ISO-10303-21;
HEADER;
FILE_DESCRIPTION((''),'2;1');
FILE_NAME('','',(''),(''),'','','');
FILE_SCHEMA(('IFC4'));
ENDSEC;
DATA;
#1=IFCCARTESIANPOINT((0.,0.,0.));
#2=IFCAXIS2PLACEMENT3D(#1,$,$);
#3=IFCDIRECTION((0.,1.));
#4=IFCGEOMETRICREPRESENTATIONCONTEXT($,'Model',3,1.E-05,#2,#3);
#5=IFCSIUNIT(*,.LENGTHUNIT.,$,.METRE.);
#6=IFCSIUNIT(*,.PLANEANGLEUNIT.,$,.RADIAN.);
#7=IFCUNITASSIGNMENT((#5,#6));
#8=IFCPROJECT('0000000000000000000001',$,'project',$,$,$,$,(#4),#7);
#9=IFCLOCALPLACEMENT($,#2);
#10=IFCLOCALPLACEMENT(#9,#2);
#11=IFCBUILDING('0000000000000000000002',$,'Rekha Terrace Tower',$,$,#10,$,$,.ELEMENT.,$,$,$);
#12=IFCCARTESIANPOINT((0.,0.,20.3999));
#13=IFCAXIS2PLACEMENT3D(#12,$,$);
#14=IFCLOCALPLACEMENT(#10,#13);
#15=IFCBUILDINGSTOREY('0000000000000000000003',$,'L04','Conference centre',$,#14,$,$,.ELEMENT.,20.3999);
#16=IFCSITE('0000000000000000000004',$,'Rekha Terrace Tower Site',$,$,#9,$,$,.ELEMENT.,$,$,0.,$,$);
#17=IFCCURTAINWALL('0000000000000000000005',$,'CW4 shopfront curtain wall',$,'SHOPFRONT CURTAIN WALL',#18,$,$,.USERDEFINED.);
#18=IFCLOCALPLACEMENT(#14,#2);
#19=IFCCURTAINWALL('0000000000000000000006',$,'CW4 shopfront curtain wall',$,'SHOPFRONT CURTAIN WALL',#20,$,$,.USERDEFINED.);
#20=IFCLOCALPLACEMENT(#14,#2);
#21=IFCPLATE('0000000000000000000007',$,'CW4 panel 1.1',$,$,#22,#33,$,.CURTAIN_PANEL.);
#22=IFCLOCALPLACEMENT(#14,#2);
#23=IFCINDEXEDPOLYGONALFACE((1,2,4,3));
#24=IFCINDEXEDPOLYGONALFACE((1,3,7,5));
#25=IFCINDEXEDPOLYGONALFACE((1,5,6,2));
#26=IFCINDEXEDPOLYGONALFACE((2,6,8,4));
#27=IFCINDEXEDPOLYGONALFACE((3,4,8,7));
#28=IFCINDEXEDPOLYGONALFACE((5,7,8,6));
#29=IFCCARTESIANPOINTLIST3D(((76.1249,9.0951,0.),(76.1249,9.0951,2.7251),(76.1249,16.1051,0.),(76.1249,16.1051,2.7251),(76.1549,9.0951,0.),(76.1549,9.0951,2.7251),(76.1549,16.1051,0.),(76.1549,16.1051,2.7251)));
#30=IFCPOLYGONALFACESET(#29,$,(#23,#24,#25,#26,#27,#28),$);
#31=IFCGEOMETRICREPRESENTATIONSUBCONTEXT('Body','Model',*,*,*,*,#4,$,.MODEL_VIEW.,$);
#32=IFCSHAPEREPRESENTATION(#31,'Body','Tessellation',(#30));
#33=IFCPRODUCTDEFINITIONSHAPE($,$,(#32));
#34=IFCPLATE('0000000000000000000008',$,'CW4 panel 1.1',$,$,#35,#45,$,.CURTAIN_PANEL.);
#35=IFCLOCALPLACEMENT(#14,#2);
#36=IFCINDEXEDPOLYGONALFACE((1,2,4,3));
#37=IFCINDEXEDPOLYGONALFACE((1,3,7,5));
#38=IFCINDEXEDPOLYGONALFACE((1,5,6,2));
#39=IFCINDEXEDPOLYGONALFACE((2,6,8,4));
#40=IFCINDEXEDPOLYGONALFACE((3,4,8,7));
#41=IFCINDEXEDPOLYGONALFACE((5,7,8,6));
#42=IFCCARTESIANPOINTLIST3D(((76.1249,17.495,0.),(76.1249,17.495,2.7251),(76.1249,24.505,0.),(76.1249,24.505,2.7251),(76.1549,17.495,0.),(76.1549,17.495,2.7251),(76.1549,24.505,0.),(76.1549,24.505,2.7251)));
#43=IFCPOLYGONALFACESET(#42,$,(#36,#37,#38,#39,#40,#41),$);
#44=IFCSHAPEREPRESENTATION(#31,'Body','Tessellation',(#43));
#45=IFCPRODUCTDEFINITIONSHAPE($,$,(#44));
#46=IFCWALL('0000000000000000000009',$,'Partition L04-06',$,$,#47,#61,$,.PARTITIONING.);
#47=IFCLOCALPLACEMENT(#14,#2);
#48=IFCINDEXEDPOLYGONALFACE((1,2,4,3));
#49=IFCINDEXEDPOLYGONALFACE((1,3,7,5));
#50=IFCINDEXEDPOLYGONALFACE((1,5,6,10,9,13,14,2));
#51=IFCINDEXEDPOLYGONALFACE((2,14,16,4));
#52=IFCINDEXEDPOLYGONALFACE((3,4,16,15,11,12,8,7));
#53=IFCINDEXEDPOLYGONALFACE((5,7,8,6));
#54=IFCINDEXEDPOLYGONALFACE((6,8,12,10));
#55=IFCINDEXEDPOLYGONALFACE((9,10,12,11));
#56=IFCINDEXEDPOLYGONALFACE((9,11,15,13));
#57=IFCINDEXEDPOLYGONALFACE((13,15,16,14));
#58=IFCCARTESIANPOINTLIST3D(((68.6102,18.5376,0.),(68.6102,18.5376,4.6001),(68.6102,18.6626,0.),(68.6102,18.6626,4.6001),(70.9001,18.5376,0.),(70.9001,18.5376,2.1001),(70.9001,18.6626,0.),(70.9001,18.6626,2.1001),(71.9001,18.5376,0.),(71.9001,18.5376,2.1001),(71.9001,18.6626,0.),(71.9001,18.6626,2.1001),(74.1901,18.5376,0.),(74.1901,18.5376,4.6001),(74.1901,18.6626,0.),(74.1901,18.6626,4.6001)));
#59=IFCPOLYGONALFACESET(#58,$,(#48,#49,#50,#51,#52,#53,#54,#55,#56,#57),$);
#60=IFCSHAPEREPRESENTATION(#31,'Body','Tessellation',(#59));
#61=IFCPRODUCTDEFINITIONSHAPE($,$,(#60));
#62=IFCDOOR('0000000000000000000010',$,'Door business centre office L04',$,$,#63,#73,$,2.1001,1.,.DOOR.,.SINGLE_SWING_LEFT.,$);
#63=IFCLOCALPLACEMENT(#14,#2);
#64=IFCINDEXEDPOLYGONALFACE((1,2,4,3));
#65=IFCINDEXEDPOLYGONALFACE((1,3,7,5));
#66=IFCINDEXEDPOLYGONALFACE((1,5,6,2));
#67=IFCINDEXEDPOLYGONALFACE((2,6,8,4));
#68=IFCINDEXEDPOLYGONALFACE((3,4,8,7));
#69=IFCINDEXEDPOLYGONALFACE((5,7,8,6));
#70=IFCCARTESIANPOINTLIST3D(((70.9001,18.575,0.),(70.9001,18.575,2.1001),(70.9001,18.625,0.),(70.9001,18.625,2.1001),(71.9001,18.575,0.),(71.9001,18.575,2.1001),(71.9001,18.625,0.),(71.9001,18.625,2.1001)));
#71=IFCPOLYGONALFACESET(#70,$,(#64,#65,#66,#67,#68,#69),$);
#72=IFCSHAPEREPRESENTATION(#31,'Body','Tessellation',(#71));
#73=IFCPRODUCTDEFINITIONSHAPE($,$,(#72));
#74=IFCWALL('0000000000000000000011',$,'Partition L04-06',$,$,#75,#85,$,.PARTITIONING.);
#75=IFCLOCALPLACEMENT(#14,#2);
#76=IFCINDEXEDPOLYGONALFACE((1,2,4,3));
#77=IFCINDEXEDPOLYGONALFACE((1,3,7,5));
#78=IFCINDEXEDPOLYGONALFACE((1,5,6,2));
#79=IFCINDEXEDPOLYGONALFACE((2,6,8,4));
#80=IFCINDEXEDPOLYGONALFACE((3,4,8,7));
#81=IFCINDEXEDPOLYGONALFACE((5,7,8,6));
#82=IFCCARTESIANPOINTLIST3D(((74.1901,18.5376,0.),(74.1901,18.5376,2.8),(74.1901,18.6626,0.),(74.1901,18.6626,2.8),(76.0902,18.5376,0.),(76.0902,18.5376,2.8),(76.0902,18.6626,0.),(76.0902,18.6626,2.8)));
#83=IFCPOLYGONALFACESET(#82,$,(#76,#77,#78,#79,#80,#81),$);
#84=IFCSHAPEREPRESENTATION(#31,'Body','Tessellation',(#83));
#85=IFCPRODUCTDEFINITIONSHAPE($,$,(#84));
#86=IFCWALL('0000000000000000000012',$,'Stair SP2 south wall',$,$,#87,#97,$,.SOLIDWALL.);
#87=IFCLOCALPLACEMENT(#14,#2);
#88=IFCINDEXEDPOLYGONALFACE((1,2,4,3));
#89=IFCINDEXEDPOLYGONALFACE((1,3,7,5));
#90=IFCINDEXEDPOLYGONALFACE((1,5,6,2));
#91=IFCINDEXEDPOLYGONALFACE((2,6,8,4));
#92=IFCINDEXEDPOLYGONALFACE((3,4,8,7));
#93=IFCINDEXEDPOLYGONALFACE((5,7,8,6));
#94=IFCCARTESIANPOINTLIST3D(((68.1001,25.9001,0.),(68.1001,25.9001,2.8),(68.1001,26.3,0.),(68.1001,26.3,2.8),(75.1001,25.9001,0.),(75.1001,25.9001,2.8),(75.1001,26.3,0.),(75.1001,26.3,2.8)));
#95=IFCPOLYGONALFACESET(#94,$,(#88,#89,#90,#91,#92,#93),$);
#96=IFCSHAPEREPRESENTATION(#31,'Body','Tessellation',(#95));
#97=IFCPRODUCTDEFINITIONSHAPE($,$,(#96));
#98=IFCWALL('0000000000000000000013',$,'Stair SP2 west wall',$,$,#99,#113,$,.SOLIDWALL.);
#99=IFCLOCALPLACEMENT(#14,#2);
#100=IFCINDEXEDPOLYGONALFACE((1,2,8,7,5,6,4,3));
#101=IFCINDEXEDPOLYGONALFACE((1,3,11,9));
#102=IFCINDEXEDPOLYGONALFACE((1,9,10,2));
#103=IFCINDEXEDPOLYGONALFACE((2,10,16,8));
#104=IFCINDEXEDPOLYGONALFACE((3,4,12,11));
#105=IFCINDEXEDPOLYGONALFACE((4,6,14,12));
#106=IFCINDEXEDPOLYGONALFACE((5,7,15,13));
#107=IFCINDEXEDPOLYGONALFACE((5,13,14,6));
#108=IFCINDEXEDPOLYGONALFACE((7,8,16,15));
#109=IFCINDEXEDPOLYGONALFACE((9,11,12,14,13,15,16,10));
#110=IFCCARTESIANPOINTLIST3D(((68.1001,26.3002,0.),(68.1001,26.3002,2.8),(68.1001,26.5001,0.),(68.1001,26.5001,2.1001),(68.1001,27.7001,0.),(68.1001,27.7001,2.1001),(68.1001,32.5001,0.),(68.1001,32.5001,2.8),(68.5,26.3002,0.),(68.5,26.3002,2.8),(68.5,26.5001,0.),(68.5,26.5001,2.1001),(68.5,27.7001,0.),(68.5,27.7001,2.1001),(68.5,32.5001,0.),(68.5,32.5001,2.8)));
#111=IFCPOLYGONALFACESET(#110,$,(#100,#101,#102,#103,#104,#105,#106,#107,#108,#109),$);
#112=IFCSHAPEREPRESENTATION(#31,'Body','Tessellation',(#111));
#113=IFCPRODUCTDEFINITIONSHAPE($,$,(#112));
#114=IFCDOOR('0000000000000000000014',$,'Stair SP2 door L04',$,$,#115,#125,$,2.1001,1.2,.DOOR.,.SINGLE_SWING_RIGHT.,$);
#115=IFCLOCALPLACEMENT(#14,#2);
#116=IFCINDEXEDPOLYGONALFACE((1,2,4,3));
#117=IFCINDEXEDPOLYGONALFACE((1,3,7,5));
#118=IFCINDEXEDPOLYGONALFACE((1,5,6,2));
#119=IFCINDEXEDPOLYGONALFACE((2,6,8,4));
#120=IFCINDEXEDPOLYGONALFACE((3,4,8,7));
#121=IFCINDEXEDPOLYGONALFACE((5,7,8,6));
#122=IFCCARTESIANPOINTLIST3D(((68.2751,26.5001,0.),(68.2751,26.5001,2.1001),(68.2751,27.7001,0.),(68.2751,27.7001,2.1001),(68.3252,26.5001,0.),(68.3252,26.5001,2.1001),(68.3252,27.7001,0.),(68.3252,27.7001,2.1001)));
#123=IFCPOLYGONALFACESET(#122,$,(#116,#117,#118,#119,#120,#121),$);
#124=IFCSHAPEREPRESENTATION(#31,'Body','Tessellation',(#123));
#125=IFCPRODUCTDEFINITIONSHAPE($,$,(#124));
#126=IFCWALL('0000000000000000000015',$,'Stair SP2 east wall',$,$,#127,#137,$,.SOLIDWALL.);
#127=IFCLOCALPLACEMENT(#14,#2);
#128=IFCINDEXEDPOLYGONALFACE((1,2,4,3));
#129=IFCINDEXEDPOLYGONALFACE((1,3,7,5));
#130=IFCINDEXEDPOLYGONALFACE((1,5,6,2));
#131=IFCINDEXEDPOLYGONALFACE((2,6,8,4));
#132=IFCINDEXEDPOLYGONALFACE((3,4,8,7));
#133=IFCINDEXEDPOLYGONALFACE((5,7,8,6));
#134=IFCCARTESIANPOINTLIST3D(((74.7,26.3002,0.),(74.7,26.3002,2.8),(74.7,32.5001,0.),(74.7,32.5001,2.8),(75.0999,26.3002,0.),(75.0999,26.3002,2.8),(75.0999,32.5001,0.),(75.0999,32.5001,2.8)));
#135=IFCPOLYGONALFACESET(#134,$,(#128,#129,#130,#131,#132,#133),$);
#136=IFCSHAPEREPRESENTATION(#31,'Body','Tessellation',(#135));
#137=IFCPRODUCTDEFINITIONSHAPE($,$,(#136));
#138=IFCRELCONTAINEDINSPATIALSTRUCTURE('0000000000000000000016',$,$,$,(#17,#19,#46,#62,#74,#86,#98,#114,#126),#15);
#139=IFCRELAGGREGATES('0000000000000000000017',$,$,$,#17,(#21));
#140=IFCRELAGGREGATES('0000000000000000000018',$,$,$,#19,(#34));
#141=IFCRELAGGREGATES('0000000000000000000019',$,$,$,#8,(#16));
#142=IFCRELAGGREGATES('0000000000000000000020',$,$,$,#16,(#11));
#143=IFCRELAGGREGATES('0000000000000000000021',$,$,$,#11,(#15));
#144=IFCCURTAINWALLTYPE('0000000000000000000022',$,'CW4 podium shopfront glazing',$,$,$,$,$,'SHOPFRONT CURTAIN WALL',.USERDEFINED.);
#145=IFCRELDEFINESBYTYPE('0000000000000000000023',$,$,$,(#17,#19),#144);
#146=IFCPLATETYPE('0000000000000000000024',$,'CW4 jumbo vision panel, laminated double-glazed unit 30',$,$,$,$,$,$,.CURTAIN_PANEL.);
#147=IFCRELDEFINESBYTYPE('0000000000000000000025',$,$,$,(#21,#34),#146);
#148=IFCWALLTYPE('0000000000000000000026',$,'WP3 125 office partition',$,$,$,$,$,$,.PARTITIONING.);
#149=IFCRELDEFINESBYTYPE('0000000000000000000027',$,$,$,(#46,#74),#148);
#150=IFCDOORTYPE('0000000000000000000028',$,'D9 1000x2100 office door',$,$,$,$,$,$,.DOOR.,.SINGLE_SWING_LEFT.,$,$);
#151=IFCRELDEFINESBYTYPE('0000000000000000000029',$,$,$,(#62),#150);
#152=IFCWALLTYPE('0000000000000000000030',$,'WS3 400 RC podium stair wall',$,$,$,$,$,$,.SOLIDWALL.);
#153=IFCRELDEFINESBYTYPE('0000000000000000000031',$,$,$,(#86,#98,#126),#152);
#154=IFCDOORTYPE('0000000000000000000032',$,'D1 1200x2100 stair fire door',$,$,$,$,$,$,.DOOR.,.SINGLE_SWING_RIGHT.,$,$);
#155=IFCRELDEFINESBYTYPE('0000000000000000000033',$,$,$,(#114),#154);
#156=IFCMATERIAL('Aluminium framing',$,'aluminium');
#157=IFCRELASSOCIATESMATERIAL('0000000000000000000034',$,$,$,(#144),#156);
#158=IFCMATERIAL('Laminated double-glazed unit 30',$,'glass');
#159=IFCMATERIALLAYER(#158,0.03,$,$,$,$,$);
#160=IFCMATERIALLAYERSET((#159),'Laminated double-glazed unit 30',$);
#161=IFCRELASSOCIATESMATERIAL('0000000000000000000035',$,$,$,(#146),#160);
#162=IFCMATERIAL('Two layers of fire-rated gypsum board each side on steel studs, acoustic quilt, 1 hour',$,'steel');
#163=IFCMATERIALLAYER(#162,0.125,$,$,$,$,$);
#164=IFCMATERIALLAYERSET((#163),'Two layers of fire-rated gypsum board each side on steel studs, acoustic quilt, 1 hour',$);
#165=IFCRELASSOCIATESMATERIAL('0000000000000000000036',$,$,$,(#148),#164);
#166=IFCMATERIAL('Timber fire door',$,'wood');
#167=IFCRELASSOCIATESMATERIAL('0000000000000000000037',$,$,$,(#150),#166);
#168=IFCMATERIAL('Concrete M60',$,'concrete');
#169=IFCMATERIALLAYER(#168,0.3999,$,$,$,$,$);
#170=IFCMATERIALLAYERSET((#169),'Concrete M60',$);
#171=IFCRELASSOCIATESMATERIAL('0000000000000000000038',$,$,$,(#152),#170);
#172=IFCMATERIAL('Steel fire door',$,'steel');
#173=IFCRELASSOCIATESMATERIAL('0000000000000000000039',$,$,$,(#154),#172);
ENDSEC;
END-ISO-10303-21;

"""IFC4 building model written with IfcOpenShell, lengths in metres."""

from ifc_helpers import new_model, si_unit, direction, frame, frame_2d, origin, origin_2d, place, context, subcontext, project, spatial, rectangle, extrude, material, layer, layer_set, type_object, element, fill, aggregate, save


model = new_model("IFC4")

# Units and contexts
model_context = context("Model", 3, precision=1e-05, world=origin(), true_north=direction((0.0, 1.0)))
body_context = subcontext(model_context, "Body", "Model", "MODEL_VIEW")
ifc_project = project(units=[si_unit("LENGTHUNIT", "METRE"), si_unit("PLANEANGLEUNIT", "RADIAN")], contexts=[model_context])

# Site, building, storey
site_placement = place(None, origin())
site = spatial("IfcSite", under=ifc_project, at=site_placement, Name="Rekha Terrace Tower Site", CompositionType="ELEMENT", RefElevation=0.0)
building_placement = place(site_placement, origin())
building = spatial("IfcBuilding", under=site, at=building_placement, Name="Rekha Terrace Tower", CompositionType="ELEMENT")
storey_placement = place(building_placement, frame((0.0, 0.0, 20.3999)))
storey = spatial("IfcBuildingStorey", under=building, at=storey_placement, Name="L04", Description="Conference centre", CompositionType="ELEMENT", Elevation=20.3999)

# Shared definitions
ifc_material_1 = material(Name="Concrete M60", Category="concrete")

# Curtain wall
ifc_material_2 = material(Name="Aluminium framing", Category="aluminium")
curtain_wall_type = type_object("IfcCurtainWallType", Name="CW4 podium shopfront glazing", ElementType="SHOPFRONT CURTAIN WALL", PredefinedType="USERDEFINED", material=ifc_material_2)
curtain_wall_1_placement = place(storey_placement, origin())
curtain_wall_1 = element("IfcCurtainWall", 1, at=curtain_wall_1_placement, inside=storey, type_object=curtain_wall_type, Name="CW4 shopfront curtain wall", ObjectType="SHOPFRONT CURTAIN WALL", PredefinedType="USERDEFINED")

# Curtain wall
curtain_wall_2_placement = place(storey_placement, origin())
curtain_wall_2 = element("IfcCurtainWall", 2, at=curtain_wall_2_placement, inside=storey, type_object=curtain_wall_type, Name="CW4 shopfront curtain wall", ObjectType="SHOPFRONT CURTAIN WALL", PredefinedType="USERDEFINED")

# Plates
ifc_material_3 = material(Name="Laminated double-glazed unit 30", Category="glass")
ifc_layer_1 = layer(ifc_material_3, 0.03)
ifc_layer_set_1 = layer_set([ifc_layer_1], Name="Laminated double-glazed unit 30")
plate_type = type_object("IfcPlateType", Name="CW4 jumbo vision panel, laminated double-glazed unit 30", PredefinedType="CURTAIN_PANEL", material=ifc_layer_set_1)
plate_1_placement = place(storey_placement, frame((76.1399, 12.6001, 0.0), z_axis=(0.0, 0.0, 1.0), x_axis=(0.0, 1.0, 0.0)))
plate_1 = element("IfcPlate", 3, at=plate_1_placement, type_object=plate_type, Name="CW4 panel 1.1", PredefinedType="CURTAIN_PANEL", context=body_context, shape_type="SweptSolid", body=[
    extrude(rectangle(XDim=7.01, YDim=0.03, at=origin_2d()), origin(), (0.0, 0.0, 1.0), 2.7251),
])
aggregate(curtain_wall_1, [plate_1])
plate_2_placement = place(storey_placement, frame((76.1399, 21.0, 0.0), z_axis=(0.0, 0.0, 1.0), x_axis=(0.0, 1.0, 0.0)))
plate_2 = element("IfcPlate", 4, at=plate_2_placement, type_object=plate_type, Name="CW4 panel 1.1", PredefinedType="CURTAIN_PANEL", context=body_context, shape_type="SweptSolid", body=[
    extrude(rectangle(XDim=7.01, YDim=0.03, at=origin_2d()), origin(), (0.0, 0.0, 1.0), 2.7251),
])
aggregate(curtain_wall_2, [plate_2])

# Wall, opening, door
ifc_material_4 = material(Name="Two layers of fire-rated gypsum board each side on steel studs, acoustic quilt, 1 hour", Category="steel")
ifc_layer_2 = layer(ifc_material_4, 0.125)
ifc_layer_set_2 = layer_set([ifc_layer_2], Name="Two layers of fire-rated gypsum board each side on steel studs, acoustic quilt, 1 hour")
wall_type_1 = type_object("IfcWallType", Name="WP3 125 office partition", PredefinedType="PARTITIONING", material=ifc_layer_set_2)
wall_1_placement = place(storey_placement, frame((68.6101, 18.6001, 0.0), z_axis=(0.0, 0.0, 1.0), x_axis=(1.0, 0.0, 0.0)))
wall_1 = element("IfcWall", 5, at=wall_1_placement, inside=storey, type_object=wall_type_1, Name="Partition L04-06", PredefinedType="PARTITIONING", context=body_context, shape_type="SweptSolid", body=[
    extrude(rectangle(XDim=5.5798, YDim=0.125, at=frame_2d((2.79, 0.0))), origin(), (0.0, 0.0, 1.0), 4.6001),
])
opening_1_placement = place(wall_1_placement, frame((2.29, 0.0, 0.0)))
opening_1 = element("IfcOpeningElement", 6, at=opening_1_placement, cuts=wall_1, PredefinedType="OPENING", context=body_context, shape_type="SweptSolid", body=[
    extrude(rectangle(XDim=1.0, YDim=2.1001, at=frame_2d((0.5, 1.05))), frame((0.0, 0.0725, 0.0), z_axis=(0.0, -1.0, 0.0), x_axis=(1.0, 0.0, 0.0)), (0.0, 0.0, 1.0), 0.145),
])
ifc_material_5 = material(Name="Timber fire door", Category="wood")
door_type_1 = type_object("IfcDoorType", Name="D9 1000x2100 office door", OperationType="SINGLE_SWING_LEFT", PredefinedType="DOOR", material=ifc_material_5)
door_1_placement = place(opening_1_placement, origin())
door_1 = element("IfcDoor", 7, at=door_1_placement, inside=storey, type_object=door_type_1, Name="Door business centre office L04", OperationType="SINGLE_SWING_LEFT", OverallHeight=2.1001, OverallWidth=1.0, PredefinedType="DOOR", context=body_context, shape_type="SweptSolid", body=[
    extrude(rectangle(XDim=1.0, YDim=2.1001, at=frame_2d((0.5, 1.05))), frame((0.0, 0.0249, 0.0), z_axis=(0.0, -1.0, 0.0), x_axis=(1.0, 0.0, 0.0)), (0.0, 0.0, 1.0), 0.05),
])
fill(opening_1, door_1)

# Walls
wall_2_placement = place(storey_placement, frame((74.1899, 18.6001, 0.0), z_axis=(0.0, 0.0, 1.0), x_axis=(1.0, 0.0, 0.0)))
element("IfcWall", 8, at=wall_2_placement, inside=storey, type_object=wall_type_1, Name="Partition L04-06", PredefinedType="PARTITIONING", context=body_context, shape_type="SweptSolid", body=[
    extrude(rectangle(XDim=1.9001, YDim=0.125, at=frame_2d((0.9502, 0.0))), origin(), (0.0, 0.0, 1.0), 2.8),
])
ifc_layer_3 = layer(ifc_material_1, 0.3999)
ifc_layer_set_3 = layer_set([ifc_layer_3], Name="Concrete M60")
wall_type_2 = type_object("IfcWallType", Name="WS3 400 RC podium stair wall", PredefinedType="SOLIDWALL", material=ifc_layer_set_3)
wall_3_placement = place(storey_placement, frame((68.1001, 26.1001, 0.0), z_axis=(0.0, 0.0, 1.0), x_axis=(1.0, 0.0, 0.0)))
element("IfcWall", 9, at=wall_3_placement, inside=storey, type_object=wall_type_2, Name="Stair SP2 south wall", PredefinedType="SOLIDWALL", context=body_context, shape_type="SweptSolid", body=[
    extrude(rectangle(XDim=7.0, YDim=0.3999, at=frame_2d((3.5, 0.0))), origin(), (0.0, 0.0, 1.0), 2.8),
])

# Wall, opening, door
wall_4_placement = place(storey_placement, frame((68.3, 26.3, 0.0), z_axis=(0.0, 0.0, 1.0), x_axis=(0.0, 1.0, 0.0)))
wall_4 = element("IfcWall", 10, at=wall_4_placement, inside=storey, type_object=wall_type_2, Name="Stair SP2 west wall", PredefinedType="SOLIDWALL", context=body_context, shape_type="SweptSolid", body=[
    extrude(rectangle(XDim=6.2, YDim=0.3999, at=frame_2d((3.1001, 0.0))), origin(), (0.0, 0.0, 1.0), 2.8),
])
opening_2_placement = place(wall_4_placement, frame((0.2, 0.0, 0.0)))
opening_2 = element("IfcOpeningElement", 11, at=opening_2_placement, cuts=wall_4, PredefinedType="OPENING", context=body_context, shape_type="SweptSolid", body=[
    extrude(rectangle(XDim=1.2, YDim=2.1001, at=frame_2d((0.6001, 1.05))), frame((0.0, 0.21, 0.0), z_axis=(0.0, -1.0, 0.0), x_axis=(1.0, 0.0, 0.0)), (0.0, 0.0, 1.0), 0.4199),
])
ifc_material_6 = material(Name="Steel fire door", Category="steel")
door_type_2 = type_object("IfcDoorType", Name="D1 1200x2100 stair fire door", OperationType="SINGLE_SWING_RIGHT", PredefinedType="DOOR", material=ifc_material_6)
door_2_placement = place(opening_2_placement, origin())
door_2 = element("IfcDoor", 12, at=door_2_placement, inside=storey, type_object=door_type_2, Name="Stair SP2 door L04", OperationType="SINGLE_SWING_RIGHT", OverallHeight=2.1001, OverallWidth=1.2, PredefinedType="DOOR", context=body_context, shape_type="SweptSolid", body=[
    extrude(rectangle(XDim=1.2, YDim=2.1001, at=frame_2d((0.6001, 1.05))), frame((0.0, 0.0249, 0.0), z_axis=(0.0, -1.0, 0.0), x_axis=(1.0, 0.0, 0.0)), (0.0, 0.0, 1.0), 0.05),
])
fill(opening_2, door_2)

# Wall
wall_5_placement = place(storey_placement, frame((74.8999, 26.3, 0.0), z_axis=(0.0, 0.0, 1.0), x_axis=(0.0, 1.0, 0.0)))
element("IfcWall", 13, at=wall_5_placement, inside=storey, type_object=wall_type_2, Name="Stair SP2 east wall", PredefinedType="SOLIDWALL", context=body_context, shape_type="SweptSolid", body=[
    extrude(rectangle(XDim=6.2, YDim=0.3999, at=frame_2d((3.1001, 0.0))), origin(), (0.0, 0.0, 1.0), 2.8),
])

save(model, "model.ifc")
